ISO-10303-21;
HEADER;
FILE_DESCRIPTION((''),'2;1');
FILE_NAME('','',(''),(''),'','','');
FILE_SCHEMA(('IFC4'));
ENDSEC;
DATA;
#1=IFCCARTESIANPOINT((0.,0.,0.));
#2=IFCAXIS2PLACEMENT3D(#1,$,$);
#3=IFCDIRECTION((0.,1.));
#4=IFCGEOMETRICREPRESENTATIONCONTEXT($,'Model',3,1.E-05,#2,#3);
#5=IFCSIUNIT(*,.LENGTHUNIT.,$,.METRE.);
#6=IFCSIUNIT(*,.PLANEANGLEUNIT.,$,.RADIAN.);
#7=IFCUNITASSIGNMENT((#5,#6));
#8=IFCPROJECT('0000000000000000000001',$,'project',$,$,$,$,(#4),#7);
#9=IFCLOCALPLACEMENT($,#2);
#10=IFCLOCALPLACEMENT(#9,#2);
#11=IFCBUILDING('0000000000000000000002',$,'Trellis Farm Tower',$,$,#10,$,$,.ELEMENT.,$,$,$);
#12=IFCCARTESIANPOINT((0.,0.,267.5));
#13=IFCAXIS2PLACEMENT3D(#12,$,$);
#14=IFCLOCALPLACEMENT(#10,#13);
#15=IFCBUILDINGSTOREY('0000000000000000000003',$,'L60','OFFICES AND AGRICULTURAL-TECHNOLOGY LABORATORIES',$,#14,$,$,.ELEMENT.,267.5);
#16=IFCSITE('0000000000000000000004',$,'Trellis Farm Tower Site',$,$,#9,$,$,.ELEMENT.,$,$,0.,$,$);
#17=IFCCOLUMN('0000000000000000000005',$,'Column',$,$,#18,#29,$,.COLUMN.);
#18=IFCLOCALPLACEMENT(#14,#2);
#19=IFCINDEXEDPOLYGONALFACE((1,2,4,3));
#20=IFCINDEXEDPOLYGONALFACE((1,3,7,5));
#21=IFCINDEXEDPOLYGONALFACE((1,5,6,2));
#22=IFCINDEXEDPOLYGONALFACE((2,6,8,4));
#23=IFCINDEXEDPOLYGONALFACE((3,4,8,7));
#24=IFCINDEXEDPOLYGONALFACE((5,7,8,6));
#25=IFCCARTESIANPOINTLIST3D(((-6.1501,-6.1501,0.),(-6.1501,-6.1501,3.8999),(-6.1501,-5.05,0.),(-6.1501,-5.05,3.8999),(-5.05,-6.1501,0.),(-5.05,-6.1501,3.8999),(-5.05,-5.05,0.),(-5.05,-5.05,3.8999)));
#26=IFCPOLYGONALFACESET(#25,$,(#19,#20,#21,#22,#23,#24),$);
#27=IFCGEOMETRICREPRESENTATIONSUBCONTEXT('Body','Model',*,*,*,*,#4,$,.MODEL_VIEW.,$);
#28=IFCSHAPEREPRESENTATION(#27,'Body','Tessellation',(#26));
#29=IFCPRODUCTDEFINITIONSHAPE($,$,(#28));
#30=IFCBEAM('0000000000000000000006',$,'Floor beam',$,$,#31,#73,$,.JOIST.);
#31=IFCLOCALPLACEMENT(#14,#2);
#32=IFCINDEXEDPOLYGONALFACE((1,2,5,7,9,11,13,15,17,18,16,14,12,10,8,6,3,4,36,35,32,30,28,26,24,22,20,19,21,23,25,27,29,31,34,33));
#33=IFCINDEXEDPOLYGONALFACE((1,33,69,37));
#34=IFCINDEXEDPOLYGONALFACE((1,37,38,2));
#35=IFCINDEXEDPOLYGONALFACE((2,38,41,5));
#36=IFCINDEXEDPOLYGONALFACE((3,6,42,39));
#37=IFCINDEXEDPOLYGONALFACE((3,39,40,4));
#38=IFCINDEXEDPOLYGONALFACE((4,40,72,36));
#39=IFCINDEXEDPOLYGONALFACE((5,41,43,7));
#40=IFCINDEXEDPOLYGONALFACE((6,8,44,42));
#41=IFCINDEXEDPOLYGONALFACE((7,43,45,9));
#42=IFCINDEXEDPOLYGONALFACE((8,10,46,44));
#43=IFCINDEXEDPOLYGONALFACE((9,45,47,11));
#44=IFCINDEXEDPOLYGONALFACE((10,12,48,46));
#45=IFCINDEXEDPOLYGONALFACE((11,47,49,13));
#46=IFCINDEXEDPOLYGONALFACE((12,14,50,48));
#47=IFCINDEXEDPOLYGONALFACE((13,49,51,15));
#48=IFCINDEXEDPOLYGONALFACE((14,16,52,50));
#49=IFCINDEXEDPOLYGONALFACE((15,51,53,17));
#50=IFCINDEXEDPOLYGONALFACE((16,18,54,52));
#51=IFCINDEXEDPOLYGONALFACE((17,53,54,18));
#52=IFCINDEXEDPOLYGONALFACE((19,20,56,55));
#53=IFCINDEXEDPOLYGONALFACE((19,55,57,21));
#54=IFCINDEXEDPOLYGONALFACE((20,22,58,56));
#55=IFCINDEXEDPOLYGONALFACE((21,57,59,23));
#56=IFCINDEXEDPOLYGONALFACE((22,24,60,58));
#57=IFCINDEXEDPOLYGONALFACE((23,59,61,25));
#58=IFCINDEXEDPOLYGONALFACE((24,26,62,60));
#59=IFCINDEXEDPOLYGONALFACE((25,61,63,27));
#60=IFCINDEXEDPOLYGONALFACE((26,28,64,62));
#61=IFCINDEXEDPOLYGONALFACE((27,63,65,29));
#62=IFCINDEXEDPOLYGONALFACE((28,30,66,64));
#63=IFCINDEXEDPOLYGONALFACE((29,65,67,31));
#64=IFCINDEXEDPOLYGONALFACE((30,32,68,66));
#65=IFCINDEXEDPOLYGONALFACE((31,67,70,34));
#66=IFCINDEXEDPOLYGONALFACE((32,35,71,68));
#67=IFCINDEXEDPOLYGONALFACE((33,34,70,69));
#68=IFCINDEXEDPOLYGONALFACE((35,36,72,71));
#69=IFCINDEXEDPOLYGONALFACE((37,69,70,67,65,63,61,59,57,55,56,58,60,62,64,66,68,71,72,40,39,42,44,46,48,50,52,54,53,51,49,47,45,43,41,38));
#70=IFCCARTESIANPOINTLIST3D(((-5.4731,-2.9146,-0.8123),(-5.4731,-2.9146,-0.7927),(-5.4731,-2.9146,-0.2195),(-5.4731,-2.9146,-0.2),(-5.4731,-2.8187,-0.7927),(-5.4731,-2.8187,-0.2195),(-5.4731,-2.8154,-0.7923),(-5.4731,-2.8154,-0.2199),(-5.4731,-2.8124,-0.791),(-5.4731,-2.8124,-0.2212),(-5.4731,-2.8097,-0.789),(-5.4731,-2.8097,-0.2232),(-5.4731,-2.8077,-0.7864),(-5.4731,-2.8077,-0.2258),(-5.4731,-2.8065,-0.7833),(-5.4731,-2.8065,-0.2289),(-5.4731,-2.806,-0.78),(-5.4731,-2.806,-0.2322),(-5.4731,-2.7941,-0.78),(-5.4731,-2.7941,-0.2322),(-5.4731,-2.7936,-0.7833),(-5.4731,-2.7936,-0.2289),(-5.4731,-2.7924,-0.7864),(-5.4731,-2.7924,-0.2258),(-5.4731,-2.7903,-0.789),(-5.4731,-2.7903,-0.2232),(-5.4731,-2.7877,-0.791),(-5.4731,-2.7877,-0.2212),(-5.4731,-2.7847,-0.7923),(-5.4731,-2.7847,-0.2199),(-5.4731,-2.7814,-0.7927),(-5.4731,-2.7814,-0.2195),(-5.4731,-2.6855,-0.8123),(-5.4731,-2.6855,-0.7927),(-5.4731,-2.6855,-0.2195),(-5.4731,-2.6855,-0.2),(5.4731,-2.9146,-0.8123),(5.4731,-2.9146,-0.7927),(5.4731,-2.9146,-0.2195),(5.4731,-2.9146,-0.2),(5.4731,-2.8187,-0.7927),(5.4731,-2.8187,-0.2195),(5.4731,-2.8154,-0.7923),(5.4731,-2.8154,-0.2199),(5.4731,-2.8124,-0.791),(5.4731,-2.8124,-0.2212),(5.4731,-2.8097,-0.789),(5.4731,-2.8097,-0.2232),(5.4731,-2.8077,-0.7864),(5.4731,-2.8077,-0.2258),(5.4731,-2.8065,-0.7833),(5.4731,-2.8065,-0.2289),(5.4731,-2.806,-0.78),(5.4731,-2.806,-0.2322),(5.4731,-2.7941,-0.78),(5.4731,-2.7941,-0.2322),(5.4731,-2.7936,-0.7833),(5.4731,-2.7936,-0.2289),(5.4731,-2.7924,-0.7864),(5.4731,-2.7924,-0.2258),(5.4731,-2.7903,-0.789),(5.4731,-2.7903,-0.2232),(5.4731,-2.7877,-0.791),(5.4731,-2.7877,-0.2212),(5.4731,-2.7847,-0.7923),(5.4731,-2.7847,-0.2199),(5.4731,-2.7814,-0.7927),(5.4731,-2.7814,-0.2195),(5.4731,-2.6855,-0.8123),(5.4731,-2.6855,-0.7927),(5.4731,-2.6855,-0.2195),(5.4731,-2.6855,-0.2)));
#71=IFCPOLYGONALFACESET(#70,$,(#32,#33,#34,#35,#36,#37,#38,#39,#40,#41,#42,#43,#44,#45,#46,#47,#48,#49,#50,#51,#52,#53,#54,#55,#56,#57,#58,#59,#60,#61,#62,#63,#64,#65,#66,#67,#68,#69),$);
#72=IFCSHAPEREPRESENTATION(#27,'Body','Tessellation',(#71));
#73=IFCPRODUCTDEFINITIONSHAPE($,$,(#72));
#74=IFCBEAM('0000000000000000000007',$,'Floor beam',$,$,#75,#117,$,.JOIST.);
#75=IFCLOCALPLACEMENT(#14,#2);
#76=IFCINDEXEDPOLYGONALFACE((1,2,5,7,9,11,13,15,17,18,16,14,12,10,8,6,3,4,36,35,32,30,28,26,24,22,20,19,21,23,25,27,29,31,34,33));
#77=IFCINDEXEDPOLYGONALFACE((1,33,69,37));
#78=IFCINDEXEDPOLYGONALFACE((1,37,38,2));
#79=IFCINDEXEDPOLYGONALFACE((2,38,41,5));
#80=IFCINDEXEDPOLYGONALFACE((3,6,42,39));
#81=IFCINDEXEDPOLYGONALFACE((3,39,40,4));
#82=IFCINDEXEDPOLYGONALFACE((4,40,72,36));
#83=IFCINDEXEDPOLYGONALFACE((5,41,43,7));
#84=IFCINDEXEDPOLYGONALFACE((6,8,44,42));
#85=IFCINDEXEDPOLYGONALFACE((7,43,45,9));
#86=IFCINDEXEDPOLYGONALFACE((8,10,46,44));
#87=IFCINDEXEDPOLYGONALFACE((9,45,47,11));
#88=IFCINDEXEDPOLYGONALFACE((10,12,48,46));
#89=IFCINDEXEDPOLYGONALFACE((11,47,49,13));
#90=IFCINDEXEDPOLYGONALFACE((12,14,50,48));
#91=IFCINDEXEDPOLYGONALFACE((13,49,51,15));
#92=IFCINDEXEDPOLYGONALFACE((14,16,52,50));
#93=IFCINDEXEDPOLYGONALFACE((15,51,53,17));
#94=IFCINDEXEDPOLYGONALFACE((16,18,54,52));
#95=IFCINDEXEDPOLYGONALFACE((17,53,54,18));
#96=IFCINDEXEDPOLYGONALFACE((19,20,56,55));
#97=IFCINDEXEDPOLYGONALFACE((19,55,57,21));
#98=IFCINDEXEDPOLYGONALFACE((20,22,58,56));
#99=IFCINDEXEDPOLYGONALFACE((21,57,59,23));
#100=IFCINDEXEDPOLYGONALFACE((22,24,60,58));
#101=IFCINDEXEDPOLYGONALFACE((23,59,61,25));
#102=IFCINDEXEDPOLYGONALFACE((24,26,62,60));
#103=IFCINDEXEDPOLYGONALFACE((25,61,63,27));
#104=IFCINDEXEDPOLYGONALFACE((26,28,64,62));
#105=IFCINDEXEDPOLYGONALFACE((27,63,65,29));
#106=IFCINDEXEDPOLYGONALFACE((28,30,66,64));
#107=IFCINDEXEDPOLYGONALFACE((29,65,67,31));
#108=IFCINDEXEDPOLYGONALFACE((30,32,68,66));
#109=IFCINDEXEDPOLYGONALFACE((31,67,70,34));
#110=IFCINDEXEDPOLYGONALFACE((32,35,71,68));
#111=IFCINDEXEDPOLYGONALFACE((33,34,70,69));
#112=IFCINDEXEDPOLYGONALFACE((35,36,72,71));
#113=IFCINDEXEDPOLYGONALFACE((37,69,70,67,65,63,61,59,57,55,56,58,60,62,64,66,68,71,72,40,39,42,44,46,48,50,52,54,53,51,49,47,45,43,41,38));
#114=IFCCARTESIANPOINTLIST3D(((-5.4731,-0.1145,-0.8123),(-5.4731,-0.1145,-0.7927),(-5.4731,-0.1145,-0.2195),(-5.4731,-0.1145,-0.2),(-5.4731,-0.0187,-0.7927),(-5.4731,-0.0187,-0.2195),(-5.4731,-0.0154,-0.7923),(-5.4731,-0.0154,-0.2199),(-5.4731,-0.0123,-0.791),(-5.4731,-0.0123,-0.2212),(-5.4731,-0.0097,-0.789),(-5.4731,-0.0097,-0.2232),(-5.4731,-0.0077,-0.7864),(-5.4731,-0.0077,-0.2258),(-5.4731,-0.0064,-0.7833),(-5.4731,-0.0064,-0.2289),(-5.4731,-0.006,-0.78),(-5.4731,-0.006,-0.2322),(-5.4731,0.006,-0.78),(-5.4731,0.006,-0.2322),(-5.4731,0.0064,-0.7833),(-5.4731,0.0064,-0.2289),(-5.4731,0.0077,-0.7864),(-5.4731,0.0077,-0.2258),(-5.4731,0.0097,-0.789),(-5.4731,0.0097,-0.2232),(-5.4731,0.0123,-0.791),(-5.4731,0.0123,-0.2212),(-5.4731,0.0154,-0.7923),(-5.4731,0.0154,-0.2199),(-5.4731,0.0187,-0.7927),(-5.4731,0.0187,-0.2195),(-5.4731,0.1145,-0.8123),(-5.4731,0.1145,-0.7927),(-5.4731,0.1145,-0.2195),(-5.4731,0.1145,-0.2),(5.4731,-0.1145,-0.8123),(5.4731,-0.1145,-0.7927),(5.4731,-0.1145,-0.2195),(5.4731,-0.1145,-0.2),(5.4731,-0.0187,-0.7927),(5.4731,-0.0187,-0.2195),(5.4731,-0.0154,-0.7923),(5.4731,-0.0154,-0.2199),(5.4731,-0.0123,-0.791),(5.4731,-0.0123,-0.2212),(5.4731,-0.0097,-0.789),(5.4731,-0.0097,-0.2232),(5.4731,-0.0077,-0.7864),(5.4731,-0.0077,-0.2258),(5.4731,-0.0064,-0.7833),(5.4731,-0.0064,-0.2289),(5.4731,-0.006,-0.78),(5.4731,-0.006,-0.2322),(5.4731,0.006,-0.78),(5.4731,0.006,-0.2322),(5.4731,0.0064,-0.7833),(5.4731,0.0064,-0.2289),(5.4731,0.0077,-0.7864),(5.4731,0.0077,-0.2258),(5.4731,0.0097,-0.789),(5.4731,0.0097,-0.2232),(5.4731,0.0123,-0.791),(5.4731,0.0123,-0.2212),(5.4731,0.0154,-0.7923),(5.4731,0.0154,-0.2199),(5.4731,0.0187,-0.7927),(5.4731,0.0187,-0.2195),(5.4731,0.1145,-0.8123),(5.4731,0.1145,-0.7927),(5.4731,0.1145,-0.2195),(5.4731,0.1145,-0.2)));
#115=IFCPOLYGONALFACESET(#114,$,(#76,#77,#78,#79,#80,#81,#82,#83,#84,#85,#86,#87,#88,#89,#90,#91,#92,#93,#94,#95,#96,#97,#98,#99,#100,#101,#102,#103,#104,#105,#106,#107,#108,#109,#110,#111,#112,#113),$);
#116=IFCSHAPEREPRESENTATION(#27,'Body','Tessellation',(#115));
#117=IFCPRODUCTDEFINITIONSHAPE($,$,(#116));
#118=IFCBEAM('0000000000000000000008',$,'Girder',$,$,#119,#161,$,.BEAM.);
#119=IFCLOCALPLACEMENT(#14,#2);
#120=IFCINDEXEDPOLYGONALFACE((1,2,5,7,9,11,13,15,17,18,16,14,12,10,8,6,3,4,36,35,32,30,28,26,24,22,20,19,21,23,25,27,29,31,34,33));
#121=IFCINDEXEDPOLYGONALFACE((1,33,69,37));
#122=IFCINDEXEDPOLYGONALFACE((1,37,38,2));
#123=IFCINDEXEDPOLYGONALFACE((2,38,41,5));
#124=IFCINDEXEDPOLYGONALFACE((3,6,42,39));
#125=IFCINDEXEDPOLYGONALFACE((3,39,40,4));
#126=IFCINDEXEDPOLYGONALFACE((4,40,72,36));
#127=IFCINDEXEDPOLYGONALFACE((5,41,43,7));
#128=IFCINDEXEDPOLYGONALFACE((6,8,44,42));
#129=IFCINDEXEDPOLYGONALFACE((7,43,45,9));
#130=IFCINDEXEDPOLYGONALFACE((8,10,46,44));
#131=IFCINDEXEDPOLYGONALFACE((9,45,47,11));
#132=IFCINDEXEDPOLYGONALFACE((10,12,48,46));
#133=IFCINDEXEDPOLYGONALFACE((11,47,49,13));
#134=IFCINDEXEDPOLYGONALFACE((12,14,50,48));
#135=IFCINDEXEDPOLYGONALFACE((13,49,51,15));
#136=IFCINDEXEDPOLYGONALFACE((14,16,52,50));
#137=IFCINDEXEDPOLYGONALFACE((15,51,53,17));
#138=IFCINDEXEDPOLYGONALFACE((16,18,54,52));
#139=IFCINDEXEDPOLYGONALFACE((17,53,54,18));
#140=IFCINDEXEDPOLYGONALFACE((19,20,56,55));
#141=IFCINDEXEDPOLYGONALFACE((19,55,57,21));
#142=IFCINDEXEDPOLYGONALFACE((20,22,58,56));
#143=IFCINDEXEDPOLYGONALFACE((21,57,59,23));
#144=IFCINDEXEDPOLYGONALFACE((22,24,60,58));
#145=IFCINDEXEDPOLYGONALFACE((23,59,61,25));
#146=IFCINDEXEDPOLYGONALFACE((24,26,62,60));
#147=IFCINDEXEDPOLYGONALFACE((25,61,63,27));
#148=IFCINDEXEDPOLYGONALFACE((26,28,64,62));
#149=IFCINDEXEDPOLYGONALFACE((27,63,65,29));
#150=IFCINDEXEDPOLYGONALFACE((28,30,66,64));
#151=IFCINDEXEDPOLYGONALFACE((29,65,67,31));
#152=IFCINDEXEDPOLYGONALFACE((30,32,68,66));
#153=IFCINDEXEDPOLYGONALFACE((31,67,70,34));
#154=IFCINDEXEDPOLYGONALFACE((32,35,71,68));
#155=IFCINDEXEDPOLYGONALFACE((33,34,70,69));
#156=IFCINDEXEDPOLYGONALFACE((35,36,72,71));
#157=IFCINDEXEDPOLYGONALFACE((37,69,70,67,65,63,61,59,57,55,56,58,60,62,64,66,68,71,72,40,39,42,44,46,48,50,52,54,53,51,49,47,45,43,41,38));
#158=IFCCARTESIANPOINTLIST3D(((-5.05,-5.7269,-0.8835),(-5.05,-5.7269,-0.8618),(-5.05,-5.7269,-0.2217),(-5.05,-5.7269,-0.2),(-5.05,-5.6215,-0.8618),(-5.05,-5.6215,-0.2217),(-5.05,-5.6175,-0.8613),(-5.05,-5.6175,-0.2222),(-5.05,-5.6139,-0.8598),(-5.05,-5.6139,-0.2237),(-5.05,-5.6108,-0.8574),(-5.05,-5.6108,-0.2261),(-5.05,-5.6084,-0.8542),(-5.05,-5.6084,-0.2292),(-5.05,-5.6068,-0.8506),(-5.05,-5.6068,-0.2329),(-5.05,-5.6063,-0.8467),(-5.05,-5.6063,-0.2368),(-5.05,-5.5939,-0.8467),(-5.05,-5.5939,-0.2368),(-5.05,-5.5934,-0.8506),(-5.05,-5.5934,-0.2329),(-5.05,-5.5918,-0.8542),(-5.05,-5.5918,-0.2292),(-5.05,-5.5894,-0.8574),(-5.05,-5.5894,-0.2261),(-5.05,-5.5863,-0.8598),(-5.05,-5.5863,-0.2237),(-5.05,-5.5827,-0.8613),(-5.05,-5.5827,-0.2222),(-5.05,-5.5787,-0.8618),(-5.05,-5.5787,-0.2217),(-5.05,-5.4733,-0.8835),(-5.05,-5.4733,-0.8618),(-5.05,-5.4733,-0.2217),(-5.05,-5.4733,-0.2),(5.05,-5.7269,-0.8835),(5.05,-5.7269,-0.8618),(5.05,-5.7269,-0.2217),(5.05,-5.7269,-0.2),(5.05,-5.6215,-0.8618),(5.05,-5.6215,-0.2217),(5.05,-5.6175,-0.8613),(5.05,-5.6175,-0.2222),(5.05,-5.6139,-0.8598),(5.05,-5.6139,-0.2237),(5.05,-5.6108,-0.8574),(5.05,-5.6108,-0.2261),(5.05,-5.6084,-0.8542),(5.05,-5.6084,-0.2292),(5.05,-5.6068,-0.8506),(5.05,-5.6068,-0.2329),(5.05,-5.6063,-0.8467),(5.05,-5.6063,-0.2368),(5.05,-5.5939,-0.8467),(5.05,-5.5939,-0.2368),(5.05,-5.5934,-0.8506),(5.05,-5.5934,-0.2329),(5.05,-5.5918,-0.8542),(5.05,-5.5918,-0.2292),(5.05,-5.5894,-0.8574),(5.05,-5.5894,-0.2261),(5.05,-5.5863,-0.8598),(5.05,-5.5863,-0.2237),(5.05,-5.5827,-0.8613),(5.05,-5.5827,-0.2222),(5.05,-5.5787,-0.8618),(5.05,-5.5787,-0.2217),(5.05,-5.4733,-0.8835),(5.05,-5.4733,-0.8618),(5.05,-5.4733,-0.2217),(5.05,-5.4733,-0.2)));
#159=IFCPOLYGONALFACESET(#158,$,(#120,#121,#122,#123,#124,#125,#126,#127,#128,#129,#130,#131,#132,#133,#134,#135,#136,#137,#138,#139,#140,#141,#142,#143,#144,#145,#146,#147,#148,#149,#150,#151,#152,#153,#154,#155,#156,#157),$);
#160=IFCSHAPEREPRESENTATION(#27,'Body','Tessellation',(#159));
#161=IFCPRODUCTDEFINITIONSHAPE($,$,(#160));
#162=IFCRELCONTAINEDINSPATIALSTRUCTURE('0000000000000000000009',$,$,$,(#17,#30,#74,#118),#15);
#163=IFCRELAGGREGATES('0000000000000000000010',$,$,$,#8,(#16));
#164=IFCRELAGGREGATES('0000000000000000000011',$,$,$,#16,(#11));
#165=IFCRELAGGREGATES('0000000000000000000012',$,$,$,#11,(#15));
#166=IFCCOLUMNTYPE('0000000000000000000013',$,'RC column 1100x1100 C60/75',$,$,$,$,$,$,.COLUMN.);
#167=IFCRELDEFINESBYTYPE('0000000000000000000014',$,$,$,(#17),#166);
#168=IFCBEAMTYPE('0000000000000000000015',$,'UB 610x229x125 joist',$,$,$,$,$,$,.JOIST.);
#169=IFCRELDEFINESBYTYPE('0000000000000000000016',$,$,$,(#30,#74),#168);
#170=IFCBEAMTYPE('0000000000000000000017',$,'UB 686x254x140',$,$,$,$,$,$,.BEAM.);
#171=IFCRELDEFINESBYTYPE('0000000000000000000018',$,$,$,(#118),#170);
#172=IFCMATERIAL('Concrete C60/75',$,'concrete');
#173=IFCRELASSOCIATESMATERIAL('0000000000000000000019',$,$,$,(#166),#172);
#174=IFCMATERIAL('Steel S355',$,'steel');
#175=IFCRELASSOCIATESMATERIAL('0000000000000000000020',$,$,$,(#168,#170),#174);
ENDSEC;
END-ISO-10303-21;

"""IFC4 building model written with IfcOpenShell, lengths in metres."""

from ifc_helpers import new_model, si_unit, direction, frame, origin, origin_2d, place, context, subcontext, project, spatial, rectangle, i_section, extrude, source, transform, mapped, material, material_profile, profile_set, type_object, element, save


model = new_model("IFC4")

# Units and contexts
model_context = context("Model", 3, precision=1e-05, world=origin(), true_north=direction((0.0, 1.0)))
body_context = subcontext(model_context, "Body", "Model", "MODEL_VIEW")
ifc_project = project(units=[si_unit("LENGTHUNIT", "METRE"), si_unit("PLANEANGLEUNIT", "RADIAN")], contexts=[model_context])

# Site, building, storey
site_placement = place(None, origin())
site = spatial("IfcSite", under=ifc_project, at=site_placement, Name="Trellis Farm Tower Site", CompositionType="ELEMENT", RefElevation=0.0)
building_placement = place(site_placement, origin())
building = spatial("IfcBuilding", under=site, at=building_placement, Name="Trellis Farm Tower", CompositionType="ELEMENT")
storey_placement = place(building_placement, frame((0.0, 0.0, 267.5)))
storey = spatial("IfcBuildingStorey", under=building, at=storey_placement, Name="L60", Description="OFFICES AND AGRICULTURAL-TECHNOLOGY LABORATORIES", CompositionType="ELEMENT", Elevation=267.5)

# Column
ifc_material_1 = material(Name="Concrete C60/75", Category="concrete")
ifc_material_profile_1 = material_profile(ifc_material_1, rectangle(XDim=1.1001, YDim=1.1001, at=origin_2d()), Name="RC column 1100x1100 C60/75")
ifc_profile_set_1 = profile_set([ifc_material_profile_1], Name="Concrete C60/75")
column_type = type_object("IfcColumnType", Name="RC column 1100x1100 C60/75", PredefinedType="COLUMN", material=ifc_profile_set_1)
shared_shape_1 = source(origin(), body_context, "Body", "SweptSolid", [
    extrude(rectangle(XDim=1.1001, YDim=1.1001, at=origin_2d()), origin(), (0.0, 0.0, 1.0), 3.8999),
])
column_placement = place(storey_placement, frame((-5.6001, -5.6001, 0.0), z_axis=(0.0, 0.0, 1.0), x_axis=(1.0, 0.0, 0.0)))
element("IfcColumn", 1, at=column_placement, inside=storey, type_object=column_type, Name="Column", PredefinedType="COLUMN", context=body_context, shape_type="MappedRepresentation", body=[
    mapped(shared_shape_1, transform((0.0, 0.0, 0.0))),
])

# Beams
ifc_material_2 = material(Name="Steel S355", Category="steel")
ifc_material_profile_2 = material_profile(ifc_material_2, i_section(OverallWidth=0.229, OverallDepth=0.6123, WebThickness=0.012, FlangeThickness=0.0195, FilletRadius=0.0127, at=origin_2d()), Name="UB 610x229x125")
ifc_profile_set_2 = profile_set([ifc_material_profile_2], Name="Steel S355")
beam_type_1 = type_object("IfcBeamType", Name="UB 610x229x125 joist", PredefinedType="JOIST", material=ifc_profile_set_2)
shared_shape_2 = source(origin(), body_context, "Body", "SweptSolid", [
    extrude(i_section(OverallWidth=0.229, OverallDepth=0.6123, WebThickness=0.012, FlangeThickness=0.0195, FilletRadius=0.0127, at=origin_2d()), origin(), (0.0, 0.0, 1.0), 10.9463),
])
for number, where, z_axis, x_axis, name in (
    (2, (-5.4731, -2.8, -0.5061), (1.0, 0.0, 0.0), (0.0, 1.0, 0.0), "Floor beam"),
    (3, (-5.4731, 0.0, -0.5061), (1.0, 0.0, 0.0), (0.0, 1.0, 0.0), "Floor beam"),
):
    element("IfcBeam", number, at=place(storey_placement, frame(where, z_axis=z_axis, x_axis=x_axis)), inside=storey, type_object=beam_type_1, Name=name, PredefinedType="JOIST", context=body_context, shape_type="MappedRepresentation", body=[
        mapped(shared_shape_2, transform((0.0, 0.0, 0.0))),
    ])
ifc_material_profile_3 = material_profile(ifc_material_2, i_section(OverallWidth=0.2537, OverallDepth=0.6836, WebThickness=0.0125, FlangeThickness=0.0217, FilletRadius=0.0151, at=origin_2d()), Name="UB 686x254x140")
ifc_profile_set_3 = profile_set([ifc_material_profile_3], Name="Steel S355")
beam_type_2 = type_object("IfcBeamType", Name="UB 686x254x140", PredefinedType="BEAM", material=ifc_profile_set_3)
shared_shape_3 = source(origin(), body_context, "Body", "SweptSolid", [
    extrude(i_section(OverallWidth=0.2537, OverallDepth=0.6836, WebThickness=0.0125, FlangeThickness=0.0217, FilletRadius=0.0151, at=origin_2d()), origin(), (0.0, 0.0, 1.0), 10.1001),
])
for number, where, z_axis, x_axis, name in (
    (4, (-5.05, -5.6001, -0.5417), (1.0, 0.0, 0.0), (0.0, 1.0, 0.0), "Girder"),
):
    element("IfcBeam", number, at=place(storey_placement, frame(where, z_axis=z_axis, x_axis=x_axis)), inside=storey, type_object=beam_type_2, Name=name, PredefinedType="BEAM", context=body_context, shape_type="MappedRepresentation", body=[
        mapped(shared_shape_3, transform((0.0, 0.0, 0.0))),
    ])

save(model, "model.ifc")
